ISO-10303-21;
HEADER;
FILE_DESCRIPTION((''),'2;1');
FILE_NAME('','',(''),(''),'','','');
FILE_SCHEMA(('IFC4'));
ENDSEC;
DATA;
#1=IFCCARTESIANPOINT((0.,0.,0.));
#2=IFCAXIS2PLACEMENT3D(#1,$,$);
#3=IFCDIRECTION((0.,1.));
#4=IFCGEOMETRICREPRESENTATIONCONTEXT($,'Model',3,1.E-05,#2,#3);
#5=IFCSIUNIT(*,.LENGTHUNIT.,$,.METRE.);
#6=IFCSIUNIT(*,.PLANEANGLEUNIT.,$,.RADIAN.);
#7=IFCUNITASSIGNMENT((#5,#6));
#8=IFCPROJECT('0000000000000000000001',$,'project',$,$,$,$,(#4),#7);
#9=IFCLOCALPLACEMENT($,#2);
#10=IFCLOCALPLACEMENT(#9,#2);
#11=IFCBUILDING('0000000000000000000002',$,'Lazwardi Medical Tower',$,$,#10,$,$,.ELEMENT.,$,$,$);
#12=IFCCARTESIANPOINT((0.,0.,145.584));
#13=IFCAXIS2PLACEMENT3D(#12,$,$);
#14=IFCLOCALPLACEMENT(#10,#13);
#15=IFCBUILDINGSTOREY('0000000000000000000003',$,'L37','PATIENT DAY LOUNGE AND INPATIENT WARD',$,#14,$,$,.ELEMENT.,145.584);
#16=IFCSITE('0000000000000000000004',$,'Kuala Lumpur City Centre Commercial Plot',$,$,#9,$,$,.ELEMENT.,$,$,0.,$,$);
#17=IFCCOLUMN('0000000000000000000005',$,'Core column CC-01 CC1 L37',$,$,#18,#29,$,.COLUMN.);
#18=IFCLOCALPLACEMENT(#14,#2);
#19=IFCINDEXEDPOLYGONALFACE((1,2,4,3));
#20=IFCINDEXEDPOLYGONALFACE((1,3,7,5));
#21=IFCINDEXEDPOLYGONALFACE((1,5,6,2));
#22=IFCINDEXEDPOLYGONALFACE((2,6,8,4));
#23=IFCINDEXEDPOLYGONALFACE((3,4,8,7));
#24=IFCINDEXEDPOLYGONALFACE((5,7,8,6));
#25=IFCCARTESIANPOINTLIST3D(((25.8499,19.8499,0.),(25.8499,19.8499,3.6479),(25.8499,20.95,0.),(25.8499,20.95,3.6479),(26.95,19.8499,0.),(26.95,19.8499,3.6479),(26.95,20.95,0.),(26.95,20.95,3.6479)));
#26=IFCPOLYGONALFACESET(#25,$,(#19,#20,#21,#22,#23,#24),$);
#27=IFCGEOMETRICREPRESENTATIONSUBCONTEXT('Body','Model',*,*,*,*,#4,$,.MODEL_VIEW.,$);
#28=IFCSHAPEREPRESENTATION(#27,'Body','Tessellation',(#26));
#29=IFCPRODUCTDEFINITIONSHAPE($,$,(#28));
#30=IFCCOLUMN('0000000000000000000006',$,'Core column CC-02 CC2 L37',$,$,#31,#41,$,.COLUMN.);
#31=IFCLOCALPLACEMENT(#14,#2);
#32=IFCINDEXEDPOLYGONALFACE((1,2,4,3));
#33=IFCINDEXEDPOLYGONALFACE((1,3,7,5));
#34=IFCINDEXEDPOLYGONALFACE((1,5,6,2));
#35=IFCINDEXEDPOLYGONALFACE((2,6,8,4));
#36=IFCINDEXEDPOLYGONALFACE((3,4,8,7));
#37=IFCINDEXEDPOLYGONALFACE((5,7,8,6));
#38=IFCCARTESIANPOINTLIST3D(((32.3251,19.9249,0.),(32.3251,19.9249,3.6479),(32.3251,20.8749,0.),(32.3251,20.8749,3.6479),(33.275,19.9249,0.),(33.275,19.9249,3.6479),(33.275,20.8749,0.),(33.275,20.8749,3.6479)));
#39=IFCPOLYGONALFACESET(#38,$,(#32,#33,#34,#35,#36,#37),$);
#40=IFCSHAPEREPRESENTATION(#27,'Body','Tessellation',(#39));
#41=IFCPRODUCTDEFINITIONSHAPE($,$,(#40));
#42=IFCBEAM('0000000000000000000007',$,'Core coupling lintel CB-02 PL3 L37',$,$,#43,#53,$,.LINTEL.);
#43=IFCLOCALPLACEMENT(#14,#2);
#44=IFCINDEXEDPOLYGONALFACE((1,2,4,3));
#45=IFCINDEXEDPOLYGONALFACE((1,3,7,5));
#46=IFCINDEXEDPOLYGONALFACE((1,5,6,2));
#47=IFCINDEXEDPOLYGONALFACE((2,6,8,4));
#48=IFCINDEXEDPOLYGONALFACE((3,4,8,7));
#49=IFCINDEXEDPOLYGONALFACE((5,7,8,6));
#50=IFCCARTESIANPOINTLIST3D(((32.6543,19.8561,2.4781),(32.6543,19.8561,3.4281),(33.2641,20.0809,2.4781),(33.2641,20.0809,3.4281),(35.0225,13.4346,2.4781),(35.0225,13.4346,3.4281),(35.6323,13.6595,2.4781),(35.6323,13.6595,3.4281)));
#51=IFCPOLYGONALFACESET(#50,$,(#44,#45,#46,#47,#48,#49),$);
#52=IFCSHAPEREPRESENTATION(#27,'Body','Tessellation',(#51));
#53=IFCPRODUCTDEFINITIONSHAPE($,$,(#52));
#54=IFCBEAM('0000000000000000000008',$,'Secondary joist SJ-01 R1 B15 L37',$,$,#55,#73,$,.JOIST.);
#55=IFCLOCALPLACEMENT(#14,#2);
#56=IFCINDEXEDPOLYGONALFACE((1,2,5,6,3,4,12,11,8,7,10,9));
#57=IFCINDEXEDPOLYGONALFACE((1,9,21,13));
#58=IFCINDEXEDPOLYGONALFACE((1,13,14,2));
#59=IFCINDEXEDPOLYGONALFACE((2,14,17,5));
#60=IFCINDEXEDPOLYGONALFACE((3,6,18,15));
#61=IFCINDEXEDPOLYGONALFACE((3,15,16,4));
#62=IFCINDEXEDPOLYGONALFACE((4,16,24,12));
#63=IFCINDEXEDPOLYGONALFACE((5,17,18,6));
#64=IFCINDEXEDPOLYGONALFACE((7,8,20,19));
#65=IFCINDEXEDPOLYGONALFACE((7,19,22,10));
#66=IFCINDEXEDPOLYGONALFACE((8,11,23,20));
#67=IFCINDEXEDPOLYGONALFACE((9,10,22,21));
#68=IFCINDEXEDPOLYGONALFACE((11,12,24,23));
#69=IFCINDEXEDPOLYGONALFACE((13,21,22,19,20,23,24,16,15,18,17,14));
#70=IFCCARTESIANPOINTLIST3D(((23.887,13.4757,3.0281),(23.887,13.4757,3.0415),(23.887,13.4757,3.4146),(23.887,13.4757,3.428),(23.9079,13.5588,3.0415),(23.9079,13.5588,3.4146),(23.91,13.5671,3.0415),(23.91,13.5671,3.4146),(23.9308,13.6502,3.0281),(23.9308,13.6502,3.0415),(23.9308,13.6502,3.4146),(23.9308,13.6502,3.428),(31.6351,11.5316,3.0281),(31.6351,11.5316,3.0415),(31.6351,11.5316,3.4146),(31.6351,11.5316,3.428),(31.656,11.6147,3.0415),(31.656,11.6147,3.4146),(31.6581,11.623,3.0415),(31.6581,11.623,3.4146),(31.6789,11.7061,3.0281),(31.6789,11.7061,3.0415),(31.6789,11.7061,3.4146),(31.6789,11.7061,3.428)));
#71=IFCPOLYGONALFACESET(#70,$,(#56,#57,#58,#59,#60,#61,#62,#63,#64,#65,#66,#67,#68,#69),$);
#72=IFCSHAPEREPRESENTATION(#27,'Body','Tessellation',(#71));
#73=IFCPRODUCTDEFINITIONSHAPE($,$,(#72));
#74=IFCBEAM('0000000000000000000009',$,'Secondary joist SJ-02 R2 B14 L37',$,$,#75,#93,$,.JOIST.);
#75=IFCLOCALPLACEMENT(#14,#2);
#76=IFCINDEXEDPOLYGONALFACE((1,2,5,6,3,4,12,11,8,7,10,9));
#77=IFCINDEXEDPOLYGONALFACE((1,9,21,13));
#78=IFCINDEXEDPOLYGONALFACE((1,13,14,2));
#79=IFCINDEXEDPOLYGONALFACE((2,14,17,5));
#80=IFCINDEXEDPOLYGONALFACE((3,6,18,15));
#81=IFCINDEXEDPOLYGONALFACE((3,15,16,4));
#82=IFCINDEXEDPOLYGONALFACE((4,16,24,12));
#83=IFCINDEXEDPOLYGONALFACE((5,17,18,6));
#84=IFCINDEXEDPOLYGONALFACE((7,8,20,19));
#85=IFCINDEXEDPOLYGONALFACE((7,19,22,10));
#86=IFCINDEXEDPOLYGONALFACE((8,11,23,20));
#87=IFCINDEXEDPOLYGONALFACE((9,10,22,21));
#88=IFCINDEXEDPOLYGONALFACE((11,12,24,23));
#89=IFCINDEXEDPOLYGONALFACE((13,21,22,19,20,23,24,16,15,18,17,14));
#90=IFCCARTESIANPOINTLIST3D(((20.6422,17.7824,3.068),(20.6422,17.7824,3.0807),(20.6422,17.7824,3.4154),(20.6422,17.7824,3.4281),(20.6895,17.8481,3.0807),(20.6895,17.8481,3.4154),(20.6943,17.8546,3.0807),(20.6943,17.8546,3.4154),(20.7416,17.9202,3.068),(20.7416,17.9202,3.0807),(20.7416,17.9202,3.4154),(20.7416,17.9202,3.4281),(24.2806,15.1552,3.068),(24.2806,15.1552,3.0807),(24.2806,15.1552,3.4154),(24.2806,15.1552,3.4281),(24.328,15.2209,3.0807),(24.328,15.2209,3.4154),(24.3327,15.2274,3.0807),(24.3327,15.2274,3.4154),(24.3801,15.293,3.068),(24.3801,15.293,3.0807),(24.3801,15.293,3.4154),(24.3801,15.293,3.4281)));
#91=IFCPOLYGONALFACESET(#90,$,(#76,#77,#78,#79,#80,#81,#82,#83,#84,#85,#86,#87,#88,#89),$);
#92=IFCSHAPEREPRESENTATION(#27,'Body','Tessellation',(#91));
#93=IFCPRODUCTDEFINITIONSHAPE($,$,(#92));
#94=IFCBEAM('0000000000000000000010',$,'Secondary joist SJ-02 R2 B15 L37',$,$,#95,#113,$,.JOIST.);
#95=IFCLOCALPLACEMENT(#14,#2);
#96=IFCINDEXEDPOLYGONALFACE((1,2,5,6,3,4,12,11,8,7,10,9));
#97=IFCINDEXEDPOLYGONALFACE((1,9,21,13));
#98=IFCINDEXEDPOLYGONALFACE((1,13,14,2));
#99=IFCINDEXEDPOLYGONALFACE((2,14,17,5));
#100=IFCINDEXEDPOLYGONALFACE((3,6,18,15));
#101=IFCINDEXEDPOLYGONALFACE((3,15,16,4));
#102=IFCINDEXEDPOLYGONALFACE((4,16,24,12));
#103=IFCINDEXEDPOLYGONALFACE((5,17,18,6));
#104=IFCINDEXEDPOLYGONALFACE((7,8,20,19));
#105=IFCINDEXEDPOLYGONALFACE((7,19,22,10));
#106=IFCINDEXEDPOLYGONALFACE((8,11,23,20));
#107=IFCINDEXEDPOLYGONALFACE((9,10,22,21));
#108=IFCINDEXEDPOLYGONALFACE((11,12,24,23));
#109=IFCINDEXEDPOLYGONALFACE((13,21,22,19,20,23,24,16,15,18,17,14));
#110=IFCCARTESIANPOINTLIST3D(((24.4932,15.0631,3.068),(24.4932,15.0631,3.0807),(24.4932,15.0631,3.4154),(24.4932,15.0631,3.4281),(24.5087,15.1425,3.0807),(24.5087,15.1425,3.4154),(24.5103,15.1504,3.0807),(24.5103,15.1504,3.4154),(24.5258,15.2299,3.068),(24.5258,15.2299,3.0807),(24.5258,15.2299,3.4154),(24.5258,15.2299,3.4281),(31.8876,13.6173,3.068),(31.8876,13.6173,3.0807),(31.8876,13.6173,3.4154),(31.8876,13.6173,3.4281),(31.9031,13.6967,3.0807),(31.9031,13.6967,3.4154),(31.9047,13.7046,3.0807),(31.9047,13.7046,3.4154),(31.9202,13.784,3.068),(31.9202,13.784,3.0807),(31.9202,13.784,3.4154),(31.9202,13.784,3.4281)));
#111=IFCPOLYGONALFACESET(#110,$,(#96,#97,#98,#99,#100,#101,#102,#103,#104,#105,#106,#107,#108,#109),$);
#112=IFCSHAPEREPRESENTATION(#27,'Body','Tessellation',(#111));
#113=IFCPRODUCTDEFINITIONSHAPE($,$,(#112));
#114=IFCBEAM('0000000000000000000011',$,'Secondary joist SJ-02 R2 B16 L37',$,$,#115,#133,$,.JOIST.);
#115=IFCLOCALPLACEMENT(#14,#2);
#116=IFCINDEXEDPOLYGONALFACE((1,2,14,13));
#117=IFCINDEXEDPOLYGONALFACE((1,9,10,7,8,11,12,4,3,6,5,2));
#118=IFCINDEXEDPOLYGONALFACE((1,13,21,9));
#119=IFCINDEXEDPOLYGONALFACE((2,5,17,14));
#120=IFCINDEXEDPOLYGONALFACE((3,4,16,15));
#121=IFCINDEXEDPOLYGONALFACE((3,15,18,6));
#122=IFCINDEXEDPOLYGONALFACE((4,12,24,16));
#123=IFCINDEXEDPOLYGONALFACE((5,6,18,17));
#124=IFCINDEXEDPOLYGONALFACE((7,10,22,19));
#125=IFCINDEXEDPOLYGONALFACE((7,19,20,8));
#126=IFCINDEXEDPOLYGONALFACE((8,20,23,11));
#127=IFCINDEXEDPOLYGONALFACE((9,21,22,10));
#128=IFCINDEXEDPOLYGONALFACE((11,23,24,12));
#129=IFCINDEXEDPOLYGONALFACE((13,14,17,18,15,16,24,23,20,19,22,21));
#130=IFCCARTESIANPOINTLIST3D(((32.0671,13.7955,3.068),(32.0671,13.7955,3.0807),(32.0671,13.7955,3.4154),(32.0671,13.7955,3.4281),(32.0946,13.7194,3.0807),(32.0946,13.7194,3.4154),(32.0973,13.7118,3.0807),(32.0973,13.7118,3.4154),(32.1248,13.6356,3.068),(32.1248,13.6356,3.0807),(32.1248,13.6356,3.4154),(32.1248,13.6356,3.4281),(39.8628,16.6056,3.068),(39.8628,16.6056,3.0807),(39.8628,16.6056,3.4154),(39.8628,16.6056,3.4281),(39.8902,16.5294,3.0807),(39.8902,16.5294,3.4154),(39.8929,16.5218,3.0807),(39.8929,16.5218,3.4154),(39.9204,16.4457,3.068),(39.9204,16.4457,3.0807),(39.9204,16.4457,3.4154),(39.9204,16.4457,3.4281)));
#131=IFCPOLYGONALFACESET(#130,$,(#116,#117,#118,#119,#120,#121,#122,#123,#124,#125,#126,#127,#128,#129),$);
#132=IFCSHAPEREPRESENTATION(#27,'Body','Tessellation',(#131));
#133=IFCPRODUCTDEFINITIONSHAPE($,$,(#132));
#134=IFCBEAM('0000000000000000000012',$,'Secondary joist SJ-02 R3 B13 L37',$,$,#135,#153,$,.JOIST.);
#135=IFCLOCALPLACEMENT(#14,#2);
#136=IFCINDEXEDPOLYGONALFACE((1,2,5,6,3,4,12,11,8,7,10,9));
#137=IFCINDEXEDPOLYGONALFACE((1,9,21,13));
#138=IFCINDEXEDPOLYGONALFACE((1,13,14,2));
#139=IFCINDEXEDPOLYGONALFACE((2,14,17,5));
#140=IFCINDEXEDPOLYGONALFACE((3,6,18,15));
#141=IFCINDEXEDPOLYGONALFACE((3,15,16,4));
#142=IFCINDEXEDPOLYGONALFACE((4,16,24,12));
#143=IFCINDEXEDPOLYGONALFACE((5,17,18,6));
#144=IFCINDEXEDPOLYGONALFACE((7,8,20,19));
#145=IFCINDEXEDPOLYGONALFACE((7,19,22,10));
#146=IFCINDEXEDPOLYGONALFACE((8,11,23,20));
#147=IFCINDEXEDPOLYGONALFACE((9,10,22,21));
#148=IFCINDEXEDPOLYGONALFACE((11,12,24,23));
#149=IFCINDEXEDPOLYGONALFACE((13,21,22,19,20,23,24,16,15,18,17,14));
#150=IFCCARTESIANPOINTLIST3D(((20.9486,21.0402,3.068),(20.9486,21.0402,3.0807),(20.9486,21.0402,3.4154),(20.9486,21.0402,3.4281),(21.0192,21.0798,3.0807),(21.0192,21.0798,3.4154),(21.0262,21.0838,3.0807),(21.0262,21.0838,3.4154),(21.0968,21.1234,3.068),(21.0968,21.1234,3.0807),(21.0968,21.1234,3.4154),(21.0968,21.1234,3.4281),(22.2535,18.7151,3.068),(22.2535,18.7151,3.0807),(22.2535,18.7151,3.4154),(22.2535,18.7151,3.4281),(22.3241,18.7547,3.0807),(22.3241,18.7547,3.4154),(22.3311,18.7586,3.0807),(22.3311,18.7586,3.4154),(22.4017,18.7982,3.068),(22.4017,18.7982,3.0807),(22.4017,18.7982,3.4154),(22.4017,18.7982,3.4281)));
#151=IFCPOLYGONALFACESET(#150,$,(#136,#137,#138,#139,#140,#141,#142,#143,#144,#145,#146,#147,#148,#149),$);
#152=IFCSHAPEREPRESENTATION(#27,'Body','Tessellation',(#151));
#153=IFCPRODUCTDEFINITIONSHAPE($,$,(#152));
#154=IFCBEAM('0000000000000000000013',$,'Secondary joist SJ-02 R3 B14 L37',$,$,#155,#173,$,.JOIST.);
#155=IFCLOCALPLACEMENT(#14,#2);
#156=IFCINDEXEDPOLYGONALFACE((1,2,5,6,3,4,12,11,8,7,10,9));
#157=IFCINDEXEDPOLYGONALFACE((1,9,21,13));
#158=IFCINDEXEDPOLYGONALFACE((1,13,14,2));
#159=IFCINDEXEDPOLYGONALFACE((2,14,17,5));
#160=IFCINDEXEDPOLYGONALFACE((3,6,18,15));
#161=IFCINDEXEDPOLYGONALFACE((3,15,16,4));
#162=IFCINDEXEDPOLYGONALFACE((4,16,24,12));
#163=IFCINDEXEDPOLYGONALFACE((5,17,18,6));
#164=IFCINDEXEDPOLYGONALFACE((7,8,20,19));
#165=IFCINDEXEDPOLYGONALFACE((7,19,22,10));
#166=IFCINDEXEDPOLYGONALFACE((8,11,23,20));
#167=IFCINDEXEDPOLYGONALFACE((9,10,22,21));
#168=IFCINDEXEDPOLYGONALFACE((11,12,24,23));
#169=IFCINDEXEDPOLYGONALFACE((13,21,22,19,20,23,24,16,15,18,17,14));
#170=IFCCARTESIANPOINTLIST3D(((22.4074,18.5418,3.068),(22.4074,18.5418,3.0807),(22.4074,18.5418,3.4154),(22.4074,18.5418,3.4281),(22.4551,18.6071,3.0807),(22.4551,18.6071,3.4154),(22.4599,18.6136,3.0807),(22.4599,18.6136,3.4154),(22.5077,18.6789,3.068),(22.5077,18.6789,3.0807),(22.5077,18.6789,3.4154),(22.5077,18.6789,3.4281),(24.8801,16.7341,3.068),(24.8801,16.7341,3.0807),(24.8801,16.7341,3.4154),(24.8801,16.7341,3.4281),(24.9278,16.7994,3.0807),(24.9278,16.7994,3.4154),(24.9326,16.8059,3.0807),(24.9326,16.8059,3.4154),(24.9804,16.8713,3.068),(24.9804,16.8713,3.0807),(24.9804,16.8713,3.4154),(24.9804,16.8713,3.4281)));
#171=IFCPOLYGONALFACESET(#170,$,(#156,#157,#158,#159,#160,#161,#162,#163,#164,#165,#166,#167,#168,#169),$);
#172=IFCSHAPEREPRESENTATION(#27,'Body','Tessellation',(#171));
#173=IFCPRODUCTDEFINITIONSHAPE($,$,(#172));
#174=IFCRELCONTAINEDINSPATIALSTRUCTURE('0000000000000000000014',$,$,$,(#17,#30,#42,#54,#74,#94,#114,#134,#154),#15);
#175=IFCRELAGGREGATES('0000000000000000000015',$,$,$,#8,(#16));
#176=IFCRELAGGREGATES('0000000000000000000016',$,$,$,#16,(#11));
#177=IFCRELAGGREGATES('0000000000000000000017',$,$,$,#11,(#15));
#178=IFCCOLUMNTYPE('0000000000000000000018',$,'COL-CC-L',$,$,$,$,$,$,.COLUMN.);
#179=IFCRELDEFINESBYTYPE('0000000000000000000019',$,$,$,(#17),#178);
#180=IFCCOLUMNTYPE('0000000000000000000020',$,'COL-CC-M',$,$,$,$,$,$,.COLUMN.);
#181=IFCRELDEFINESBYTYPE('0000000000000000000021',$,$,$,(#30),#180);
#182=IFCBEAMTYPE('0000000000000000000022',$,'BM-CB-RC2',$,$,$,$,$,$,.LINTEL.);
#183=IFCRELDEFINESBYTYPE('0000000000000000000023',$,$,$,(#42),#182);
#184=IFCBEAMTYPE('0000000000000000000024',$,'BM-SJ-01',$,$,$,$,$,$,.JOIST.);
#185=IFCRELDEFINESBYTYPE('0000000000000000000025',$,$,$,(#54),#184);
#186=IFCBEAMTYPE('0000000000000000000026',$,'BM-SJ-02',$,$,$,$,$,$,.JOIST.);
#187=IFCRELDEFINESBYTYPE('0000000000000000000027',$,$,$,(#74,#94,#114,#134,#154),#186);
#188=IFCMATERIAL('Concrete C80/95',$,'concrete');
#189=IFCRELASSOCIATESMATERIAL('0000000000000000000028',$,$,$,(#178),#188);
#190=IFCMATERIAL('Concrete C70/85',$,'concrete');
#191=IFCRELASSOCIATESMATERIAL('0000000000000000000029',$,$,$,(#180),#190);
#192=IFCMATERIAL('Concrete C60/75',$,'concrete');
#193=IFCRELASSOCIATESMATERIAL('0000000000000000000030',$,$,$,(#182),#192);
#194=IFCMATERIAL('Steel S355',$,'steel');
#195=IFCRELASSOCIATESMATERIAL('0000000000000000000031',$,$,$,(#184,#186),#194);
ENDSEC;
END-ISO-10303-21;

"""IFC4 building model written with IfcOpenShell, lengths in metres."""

from ifc_helpers import new_model, si_unit, direction, frame, origin, origin_2d, place, context, subcontext, project, spatial, rectangle, i_section, extrude, material, material_profile, profile_set, type_object, element, save


model = new_model("IFC4")

# Units and contexts
model_context = context("Model", 3, precision=1e-05, world=origin(), true_north=direction((0.0, 1.0)))
body_context = subcontext(model_context, "Body", "Model", "MODEL_VIEW")
ifc_project = project(units=[si_unit("LENGTHUNIT", "METRE"), si_unit("PLANEANGLEUNIT", "RADIAN")], contexts=[model_context])

# Site, building, storey
site_placement = place(None, origin())
site = spatial("IfcSite", under=ifc_project, at=site_placement, Name="Kuala Lumpur City Centre Commercial Plot", CompositionType="ELEMENT", RefElevation=0.0)
building_placement = place(site_placement, origin())
building = spatial("IfcBuilding", under=site, at=building_placement, Name="Lazwardi Medical Tower", CompositionType="ELEMENT")
storey_placement = place(building_placement, frame((0.0, 0.0, 145.584)))
storey = spatial("IfcBuildingStorey", under=building, at=storey_placement, Name="L37", Description="PATIENT DAY LOUNGE AND INPATIENT WARD", CompositionType="ELEMENT", Elevation=145.584)

# Columns
ifc_material_1 = material(Name="Concrete C80/95", Category="concrete")
ifc_material_profile_1 = material_profile(ifc_material_1, rectangle(XDim=1.1001, YDim=1.1001, at=origin_2d()), Name="RC 1100x1100")
ifc_profile_set_1 = profile_set([ifc_material_profile_1], Name="Concrete C80/95")
column_type_1 = type_object("IfcColumnType", Name="COL-CC-L", PredefinedType="COLUMN", material=ifc_profile_set_1)
column_1_placement = place(storey_placement, frame((26.3999, 20.3999, 0.0), z_axis=(0.0, 0.0, 1.0), x_axis=(1.0, 0.0, 0.0)))
element("IfcColumn", 1, at=column_1_placement, inside=storey, type_object=column_type_1, Name="Core column CC-01 CC1 L37", PredefinedType="COLUMN", context=body_context, shape_type="SweptSolid", body=[
    extrude(rectangle(XDim=1.1001, YDim=1.1001, at=origin_2d()), origin(), (0.0, 0.0, 1.0), 3.6479),
])
ifc_material_2 = material(Name="Concrete C70/85", Category="concrete")
ifc_material_profile_2 = material_profile(ifc_material_2, rectangle(XDim=0.95, YDim=0.95, at=origin_2d()), Name="RC 950x950")
ifc_profile_set_2 = profile_set([ifc_material_profile_2], Name="Concrete C70/85")
column_type_2 = type_object("IfcColumnType", Name="COL-CC-M", PredefinedType="COLUMN", material=ifc_profile_set_2)
column_2_placement = place(storey_placement, frame((32.8, 20.3999, 0.0), z_axis=(0.0, 0.0, 1.0), x_axis=(1.0, 0.0, 0.0)))
element("IfcColumn", 2, at=column_2_placement, inside=storey, type_object=column_type_2, Name="Core column CC-02 CC2 L37", PredefinedType="COLUMN", context=body_context, shape_type="SweptSolid", body=[
    extrude(rectangle(XDim=0.95, YDim=0.95, at=origin_2d()), origin(), (0.0, 0.0, 1.0), 3.6479),
])

# Beams
ifc_material_3 = material(Name="Concrete C60/75", Category="concrete")
ifc_material_profile_3 = material_profile(ifc_material_3, rectangle(XDim=0.6499, YDim=0.95, at=origin_2d()), Name="RC 650x950")
ifc_profile_set_3 = profile_set([ifc_material_profile_3], Name="Concrete C60/75")
beam_type_1 = type_object("IfcBeamType", Name="BM-CB-RC2", PredefinedType="LINTEL", material=ifc_profile_set_3)
beam_1_placement = place(storey_placement, frame((32.9592, 19.9685, 2.9531), z_axis=(0.346013, -0.93823, 0.0), x_axis=(0.93823, 0.346013, 0.0)))
element("IfcBeam", 3, at=beam_1_placement, inside=storey, type_object=beam_type_1, Name="Core coupling lintel CB-02 PL3 L37", PredefinedType="LINTEL", context=body_context, shape_type="SweptSolid", body=[
    extrude(rectangle(XDim=0.6499, YDim=0.95, at=origin_2d()), origin(), (0.0, 0.0, 1.0), 6.8442),
])
ifc_material_4 = material(Name="Steel S355", Category="steel")
ifc_material_profile_4 = material_profile(ifc_material_4, i_section(OverallWidth=0.1799, OverallDepth=0.3999, WebThickness=0.0085, FlangeThickness=0.0134, at=origin_2d()), Name="IPE 400")
ifc_profile_set_4 = profile_set([ifc_material_profile_4], Name="Steel S355")
beam_type_2 = type_object("IfcBeamType", Name="BM-SJ-01", PredefinedType="JOIST", material=ifc_profile_set_4)
beam_2_placement = place(storey_placement, frame((23.9089, 13.563, 3.228), z_axis=(0.969934, -0.24337, 0.0), x_axis=(0.24337, 0.969934, 0.0)))
element("IfcBeam", 4, at=beam_2_placement, inside=storey, type_object=beam_type_2, Name="Secondary joist SJ-01 R1 B15 L37", PredefinedType="JOIST", context=body_context, shape_type="SweptSolid", body=[
    extrude(i_section(OverallWidth=0.1799, OverallDepth=0.3999, WebThickness=0.0085, FlangeThickness=0.0134, at=origin_2d()), origin(), (0.0, 0.0, 1.0), 7.9883),
])
ifc_material_profile_5 = material_profile(ifc_material_4, i_section(OverallWidth=0.1699, OverallDepth=0.3601, WebThickness=0.0081, FlangeThickness=0.0127, at=origin_2d()), Name="IPE 360")
ifc_profile_set_5 = profile_set([ifc_material_profile_5], Name="Steel S355")
beam_type_3 = type_object("IfcBeamType", Name="BM-SJ-02", PredefinedType="JOIST", material=ifc_profile_set_5)
beam_3_placement = place(storey_placement, frame((20.6919, 17.8513, 3.248), z_axis=(0.810738, -0.585409, 0.0), x_axis=(0.585409, 0.810738, 0.0)))
element("IfcBeam", 5, at=beam_3_placement, inside=storey, type_object=beam_type_3, Name="Secondary joist SJ-02 R2 B14 L37", PredefinedType="JOIST", context=body_context, shape_type="SweptSolid", body=[
    extrude(i_section(OverallWidth=0.1699, OverallDepth=0.3601, WebThickness=0.0081, FlangeThickness=0.0127, at=origin_2d()), origin(), (0.0, 0.0, 1.0), 4.4878),
])
beam_4_placement = place(storey_placement, frame((24.5095, 15.1465, 3.248), z_axis=(0.981415, -0.191896, 0.0), x_axis=(0.191896, 0.981415, 0.0)))
element("IfcBeam", 6, at=beam_4_placement, inside=storey, type_object=beam_type_3, Name="Secondary joist SJ-02 R2 B15 L37", PredefinedType="JOIST", context=body_context, shape_type="SweptSolid", body=[
    extrude(i_section(OverallWidth=0.1699, OverallDepth=0.3601, WebThickness=0.0081, FlangeThickness=0.0127, at=origin_2d()), origin(), (0.0, 0.0, 1.0), 7.5344),
])
beam_5_placement = place(storey_placement, frame((32.0959, 13.7156, 3.248), z_axis=(0.940748, 0.339106, 0.0), x_axis=(-0.339106, 0.940748, 0.0)))
element("IfcBeam", 7, at=beam_5_placement, inside=storey, type_object=beam_type_3, Name="Secondary joist SJ-02 R2 B16 L37", PredefinedType="JOIST", context=body_context, shape_type="SweptSolid", body=[
    extrude(i_section(OverallWidth=0.1699, OverallDepth=0.3601, WebThickness=0.0081, FlangeThickness=0.0127, at=origin_2d()), origin(), (0.0, 0.0, 1.0), 8.2866),
])
beam_6_placement = place(storey_placement, frame((21.0227, 21.0818, 3.248), z_axis=(0.489409, -0.872054, 0.0), x_axis=(0.872054, 0.489409, 0.0)))
element("IfcBeam", 8, at=beam_6_placement, inside=storey, type_object=beam_type_3, Name="Secondary joist SJ-02 R3 B13 L37", PredefinedType="JOIST", context=body_context, shape_type="SweptSolid", body=[
    extrude(i_section(OverallWidth=0.1699, OverallDepth=0.3601, WebThickness=0.0081, FlangeThickness=0.0127, at=origin_2d()), origin(), (0.0, 0.0, 1.0), 2.6663),
])
beam_7_placement = place(storey_placement, frame((22.4575, 18.6104, 3.248), z_axis=(0.807286, -0.59016, 0.0), x_axis=(0.59016, 0.807286, 0.0)))
element("IfcBeam", 9, at=beam_7_placement, inside=storey, type_object=beam_type_3, Name="Secondary joist SJ-02 R3 B14 L37", PredefinedType="JOIST", context=body_context, shape_type="SweptSolid", body=[
    extrude(i_section(OverallWidth=0.1699, OverallDepth=0.3601, WebThickness=0.0081, FlangeThickness=0.0127, at=origin_2d()), origin(), (0.0, 0.0, 1.0), 3.063),
])

save(model, "model.ifc")
